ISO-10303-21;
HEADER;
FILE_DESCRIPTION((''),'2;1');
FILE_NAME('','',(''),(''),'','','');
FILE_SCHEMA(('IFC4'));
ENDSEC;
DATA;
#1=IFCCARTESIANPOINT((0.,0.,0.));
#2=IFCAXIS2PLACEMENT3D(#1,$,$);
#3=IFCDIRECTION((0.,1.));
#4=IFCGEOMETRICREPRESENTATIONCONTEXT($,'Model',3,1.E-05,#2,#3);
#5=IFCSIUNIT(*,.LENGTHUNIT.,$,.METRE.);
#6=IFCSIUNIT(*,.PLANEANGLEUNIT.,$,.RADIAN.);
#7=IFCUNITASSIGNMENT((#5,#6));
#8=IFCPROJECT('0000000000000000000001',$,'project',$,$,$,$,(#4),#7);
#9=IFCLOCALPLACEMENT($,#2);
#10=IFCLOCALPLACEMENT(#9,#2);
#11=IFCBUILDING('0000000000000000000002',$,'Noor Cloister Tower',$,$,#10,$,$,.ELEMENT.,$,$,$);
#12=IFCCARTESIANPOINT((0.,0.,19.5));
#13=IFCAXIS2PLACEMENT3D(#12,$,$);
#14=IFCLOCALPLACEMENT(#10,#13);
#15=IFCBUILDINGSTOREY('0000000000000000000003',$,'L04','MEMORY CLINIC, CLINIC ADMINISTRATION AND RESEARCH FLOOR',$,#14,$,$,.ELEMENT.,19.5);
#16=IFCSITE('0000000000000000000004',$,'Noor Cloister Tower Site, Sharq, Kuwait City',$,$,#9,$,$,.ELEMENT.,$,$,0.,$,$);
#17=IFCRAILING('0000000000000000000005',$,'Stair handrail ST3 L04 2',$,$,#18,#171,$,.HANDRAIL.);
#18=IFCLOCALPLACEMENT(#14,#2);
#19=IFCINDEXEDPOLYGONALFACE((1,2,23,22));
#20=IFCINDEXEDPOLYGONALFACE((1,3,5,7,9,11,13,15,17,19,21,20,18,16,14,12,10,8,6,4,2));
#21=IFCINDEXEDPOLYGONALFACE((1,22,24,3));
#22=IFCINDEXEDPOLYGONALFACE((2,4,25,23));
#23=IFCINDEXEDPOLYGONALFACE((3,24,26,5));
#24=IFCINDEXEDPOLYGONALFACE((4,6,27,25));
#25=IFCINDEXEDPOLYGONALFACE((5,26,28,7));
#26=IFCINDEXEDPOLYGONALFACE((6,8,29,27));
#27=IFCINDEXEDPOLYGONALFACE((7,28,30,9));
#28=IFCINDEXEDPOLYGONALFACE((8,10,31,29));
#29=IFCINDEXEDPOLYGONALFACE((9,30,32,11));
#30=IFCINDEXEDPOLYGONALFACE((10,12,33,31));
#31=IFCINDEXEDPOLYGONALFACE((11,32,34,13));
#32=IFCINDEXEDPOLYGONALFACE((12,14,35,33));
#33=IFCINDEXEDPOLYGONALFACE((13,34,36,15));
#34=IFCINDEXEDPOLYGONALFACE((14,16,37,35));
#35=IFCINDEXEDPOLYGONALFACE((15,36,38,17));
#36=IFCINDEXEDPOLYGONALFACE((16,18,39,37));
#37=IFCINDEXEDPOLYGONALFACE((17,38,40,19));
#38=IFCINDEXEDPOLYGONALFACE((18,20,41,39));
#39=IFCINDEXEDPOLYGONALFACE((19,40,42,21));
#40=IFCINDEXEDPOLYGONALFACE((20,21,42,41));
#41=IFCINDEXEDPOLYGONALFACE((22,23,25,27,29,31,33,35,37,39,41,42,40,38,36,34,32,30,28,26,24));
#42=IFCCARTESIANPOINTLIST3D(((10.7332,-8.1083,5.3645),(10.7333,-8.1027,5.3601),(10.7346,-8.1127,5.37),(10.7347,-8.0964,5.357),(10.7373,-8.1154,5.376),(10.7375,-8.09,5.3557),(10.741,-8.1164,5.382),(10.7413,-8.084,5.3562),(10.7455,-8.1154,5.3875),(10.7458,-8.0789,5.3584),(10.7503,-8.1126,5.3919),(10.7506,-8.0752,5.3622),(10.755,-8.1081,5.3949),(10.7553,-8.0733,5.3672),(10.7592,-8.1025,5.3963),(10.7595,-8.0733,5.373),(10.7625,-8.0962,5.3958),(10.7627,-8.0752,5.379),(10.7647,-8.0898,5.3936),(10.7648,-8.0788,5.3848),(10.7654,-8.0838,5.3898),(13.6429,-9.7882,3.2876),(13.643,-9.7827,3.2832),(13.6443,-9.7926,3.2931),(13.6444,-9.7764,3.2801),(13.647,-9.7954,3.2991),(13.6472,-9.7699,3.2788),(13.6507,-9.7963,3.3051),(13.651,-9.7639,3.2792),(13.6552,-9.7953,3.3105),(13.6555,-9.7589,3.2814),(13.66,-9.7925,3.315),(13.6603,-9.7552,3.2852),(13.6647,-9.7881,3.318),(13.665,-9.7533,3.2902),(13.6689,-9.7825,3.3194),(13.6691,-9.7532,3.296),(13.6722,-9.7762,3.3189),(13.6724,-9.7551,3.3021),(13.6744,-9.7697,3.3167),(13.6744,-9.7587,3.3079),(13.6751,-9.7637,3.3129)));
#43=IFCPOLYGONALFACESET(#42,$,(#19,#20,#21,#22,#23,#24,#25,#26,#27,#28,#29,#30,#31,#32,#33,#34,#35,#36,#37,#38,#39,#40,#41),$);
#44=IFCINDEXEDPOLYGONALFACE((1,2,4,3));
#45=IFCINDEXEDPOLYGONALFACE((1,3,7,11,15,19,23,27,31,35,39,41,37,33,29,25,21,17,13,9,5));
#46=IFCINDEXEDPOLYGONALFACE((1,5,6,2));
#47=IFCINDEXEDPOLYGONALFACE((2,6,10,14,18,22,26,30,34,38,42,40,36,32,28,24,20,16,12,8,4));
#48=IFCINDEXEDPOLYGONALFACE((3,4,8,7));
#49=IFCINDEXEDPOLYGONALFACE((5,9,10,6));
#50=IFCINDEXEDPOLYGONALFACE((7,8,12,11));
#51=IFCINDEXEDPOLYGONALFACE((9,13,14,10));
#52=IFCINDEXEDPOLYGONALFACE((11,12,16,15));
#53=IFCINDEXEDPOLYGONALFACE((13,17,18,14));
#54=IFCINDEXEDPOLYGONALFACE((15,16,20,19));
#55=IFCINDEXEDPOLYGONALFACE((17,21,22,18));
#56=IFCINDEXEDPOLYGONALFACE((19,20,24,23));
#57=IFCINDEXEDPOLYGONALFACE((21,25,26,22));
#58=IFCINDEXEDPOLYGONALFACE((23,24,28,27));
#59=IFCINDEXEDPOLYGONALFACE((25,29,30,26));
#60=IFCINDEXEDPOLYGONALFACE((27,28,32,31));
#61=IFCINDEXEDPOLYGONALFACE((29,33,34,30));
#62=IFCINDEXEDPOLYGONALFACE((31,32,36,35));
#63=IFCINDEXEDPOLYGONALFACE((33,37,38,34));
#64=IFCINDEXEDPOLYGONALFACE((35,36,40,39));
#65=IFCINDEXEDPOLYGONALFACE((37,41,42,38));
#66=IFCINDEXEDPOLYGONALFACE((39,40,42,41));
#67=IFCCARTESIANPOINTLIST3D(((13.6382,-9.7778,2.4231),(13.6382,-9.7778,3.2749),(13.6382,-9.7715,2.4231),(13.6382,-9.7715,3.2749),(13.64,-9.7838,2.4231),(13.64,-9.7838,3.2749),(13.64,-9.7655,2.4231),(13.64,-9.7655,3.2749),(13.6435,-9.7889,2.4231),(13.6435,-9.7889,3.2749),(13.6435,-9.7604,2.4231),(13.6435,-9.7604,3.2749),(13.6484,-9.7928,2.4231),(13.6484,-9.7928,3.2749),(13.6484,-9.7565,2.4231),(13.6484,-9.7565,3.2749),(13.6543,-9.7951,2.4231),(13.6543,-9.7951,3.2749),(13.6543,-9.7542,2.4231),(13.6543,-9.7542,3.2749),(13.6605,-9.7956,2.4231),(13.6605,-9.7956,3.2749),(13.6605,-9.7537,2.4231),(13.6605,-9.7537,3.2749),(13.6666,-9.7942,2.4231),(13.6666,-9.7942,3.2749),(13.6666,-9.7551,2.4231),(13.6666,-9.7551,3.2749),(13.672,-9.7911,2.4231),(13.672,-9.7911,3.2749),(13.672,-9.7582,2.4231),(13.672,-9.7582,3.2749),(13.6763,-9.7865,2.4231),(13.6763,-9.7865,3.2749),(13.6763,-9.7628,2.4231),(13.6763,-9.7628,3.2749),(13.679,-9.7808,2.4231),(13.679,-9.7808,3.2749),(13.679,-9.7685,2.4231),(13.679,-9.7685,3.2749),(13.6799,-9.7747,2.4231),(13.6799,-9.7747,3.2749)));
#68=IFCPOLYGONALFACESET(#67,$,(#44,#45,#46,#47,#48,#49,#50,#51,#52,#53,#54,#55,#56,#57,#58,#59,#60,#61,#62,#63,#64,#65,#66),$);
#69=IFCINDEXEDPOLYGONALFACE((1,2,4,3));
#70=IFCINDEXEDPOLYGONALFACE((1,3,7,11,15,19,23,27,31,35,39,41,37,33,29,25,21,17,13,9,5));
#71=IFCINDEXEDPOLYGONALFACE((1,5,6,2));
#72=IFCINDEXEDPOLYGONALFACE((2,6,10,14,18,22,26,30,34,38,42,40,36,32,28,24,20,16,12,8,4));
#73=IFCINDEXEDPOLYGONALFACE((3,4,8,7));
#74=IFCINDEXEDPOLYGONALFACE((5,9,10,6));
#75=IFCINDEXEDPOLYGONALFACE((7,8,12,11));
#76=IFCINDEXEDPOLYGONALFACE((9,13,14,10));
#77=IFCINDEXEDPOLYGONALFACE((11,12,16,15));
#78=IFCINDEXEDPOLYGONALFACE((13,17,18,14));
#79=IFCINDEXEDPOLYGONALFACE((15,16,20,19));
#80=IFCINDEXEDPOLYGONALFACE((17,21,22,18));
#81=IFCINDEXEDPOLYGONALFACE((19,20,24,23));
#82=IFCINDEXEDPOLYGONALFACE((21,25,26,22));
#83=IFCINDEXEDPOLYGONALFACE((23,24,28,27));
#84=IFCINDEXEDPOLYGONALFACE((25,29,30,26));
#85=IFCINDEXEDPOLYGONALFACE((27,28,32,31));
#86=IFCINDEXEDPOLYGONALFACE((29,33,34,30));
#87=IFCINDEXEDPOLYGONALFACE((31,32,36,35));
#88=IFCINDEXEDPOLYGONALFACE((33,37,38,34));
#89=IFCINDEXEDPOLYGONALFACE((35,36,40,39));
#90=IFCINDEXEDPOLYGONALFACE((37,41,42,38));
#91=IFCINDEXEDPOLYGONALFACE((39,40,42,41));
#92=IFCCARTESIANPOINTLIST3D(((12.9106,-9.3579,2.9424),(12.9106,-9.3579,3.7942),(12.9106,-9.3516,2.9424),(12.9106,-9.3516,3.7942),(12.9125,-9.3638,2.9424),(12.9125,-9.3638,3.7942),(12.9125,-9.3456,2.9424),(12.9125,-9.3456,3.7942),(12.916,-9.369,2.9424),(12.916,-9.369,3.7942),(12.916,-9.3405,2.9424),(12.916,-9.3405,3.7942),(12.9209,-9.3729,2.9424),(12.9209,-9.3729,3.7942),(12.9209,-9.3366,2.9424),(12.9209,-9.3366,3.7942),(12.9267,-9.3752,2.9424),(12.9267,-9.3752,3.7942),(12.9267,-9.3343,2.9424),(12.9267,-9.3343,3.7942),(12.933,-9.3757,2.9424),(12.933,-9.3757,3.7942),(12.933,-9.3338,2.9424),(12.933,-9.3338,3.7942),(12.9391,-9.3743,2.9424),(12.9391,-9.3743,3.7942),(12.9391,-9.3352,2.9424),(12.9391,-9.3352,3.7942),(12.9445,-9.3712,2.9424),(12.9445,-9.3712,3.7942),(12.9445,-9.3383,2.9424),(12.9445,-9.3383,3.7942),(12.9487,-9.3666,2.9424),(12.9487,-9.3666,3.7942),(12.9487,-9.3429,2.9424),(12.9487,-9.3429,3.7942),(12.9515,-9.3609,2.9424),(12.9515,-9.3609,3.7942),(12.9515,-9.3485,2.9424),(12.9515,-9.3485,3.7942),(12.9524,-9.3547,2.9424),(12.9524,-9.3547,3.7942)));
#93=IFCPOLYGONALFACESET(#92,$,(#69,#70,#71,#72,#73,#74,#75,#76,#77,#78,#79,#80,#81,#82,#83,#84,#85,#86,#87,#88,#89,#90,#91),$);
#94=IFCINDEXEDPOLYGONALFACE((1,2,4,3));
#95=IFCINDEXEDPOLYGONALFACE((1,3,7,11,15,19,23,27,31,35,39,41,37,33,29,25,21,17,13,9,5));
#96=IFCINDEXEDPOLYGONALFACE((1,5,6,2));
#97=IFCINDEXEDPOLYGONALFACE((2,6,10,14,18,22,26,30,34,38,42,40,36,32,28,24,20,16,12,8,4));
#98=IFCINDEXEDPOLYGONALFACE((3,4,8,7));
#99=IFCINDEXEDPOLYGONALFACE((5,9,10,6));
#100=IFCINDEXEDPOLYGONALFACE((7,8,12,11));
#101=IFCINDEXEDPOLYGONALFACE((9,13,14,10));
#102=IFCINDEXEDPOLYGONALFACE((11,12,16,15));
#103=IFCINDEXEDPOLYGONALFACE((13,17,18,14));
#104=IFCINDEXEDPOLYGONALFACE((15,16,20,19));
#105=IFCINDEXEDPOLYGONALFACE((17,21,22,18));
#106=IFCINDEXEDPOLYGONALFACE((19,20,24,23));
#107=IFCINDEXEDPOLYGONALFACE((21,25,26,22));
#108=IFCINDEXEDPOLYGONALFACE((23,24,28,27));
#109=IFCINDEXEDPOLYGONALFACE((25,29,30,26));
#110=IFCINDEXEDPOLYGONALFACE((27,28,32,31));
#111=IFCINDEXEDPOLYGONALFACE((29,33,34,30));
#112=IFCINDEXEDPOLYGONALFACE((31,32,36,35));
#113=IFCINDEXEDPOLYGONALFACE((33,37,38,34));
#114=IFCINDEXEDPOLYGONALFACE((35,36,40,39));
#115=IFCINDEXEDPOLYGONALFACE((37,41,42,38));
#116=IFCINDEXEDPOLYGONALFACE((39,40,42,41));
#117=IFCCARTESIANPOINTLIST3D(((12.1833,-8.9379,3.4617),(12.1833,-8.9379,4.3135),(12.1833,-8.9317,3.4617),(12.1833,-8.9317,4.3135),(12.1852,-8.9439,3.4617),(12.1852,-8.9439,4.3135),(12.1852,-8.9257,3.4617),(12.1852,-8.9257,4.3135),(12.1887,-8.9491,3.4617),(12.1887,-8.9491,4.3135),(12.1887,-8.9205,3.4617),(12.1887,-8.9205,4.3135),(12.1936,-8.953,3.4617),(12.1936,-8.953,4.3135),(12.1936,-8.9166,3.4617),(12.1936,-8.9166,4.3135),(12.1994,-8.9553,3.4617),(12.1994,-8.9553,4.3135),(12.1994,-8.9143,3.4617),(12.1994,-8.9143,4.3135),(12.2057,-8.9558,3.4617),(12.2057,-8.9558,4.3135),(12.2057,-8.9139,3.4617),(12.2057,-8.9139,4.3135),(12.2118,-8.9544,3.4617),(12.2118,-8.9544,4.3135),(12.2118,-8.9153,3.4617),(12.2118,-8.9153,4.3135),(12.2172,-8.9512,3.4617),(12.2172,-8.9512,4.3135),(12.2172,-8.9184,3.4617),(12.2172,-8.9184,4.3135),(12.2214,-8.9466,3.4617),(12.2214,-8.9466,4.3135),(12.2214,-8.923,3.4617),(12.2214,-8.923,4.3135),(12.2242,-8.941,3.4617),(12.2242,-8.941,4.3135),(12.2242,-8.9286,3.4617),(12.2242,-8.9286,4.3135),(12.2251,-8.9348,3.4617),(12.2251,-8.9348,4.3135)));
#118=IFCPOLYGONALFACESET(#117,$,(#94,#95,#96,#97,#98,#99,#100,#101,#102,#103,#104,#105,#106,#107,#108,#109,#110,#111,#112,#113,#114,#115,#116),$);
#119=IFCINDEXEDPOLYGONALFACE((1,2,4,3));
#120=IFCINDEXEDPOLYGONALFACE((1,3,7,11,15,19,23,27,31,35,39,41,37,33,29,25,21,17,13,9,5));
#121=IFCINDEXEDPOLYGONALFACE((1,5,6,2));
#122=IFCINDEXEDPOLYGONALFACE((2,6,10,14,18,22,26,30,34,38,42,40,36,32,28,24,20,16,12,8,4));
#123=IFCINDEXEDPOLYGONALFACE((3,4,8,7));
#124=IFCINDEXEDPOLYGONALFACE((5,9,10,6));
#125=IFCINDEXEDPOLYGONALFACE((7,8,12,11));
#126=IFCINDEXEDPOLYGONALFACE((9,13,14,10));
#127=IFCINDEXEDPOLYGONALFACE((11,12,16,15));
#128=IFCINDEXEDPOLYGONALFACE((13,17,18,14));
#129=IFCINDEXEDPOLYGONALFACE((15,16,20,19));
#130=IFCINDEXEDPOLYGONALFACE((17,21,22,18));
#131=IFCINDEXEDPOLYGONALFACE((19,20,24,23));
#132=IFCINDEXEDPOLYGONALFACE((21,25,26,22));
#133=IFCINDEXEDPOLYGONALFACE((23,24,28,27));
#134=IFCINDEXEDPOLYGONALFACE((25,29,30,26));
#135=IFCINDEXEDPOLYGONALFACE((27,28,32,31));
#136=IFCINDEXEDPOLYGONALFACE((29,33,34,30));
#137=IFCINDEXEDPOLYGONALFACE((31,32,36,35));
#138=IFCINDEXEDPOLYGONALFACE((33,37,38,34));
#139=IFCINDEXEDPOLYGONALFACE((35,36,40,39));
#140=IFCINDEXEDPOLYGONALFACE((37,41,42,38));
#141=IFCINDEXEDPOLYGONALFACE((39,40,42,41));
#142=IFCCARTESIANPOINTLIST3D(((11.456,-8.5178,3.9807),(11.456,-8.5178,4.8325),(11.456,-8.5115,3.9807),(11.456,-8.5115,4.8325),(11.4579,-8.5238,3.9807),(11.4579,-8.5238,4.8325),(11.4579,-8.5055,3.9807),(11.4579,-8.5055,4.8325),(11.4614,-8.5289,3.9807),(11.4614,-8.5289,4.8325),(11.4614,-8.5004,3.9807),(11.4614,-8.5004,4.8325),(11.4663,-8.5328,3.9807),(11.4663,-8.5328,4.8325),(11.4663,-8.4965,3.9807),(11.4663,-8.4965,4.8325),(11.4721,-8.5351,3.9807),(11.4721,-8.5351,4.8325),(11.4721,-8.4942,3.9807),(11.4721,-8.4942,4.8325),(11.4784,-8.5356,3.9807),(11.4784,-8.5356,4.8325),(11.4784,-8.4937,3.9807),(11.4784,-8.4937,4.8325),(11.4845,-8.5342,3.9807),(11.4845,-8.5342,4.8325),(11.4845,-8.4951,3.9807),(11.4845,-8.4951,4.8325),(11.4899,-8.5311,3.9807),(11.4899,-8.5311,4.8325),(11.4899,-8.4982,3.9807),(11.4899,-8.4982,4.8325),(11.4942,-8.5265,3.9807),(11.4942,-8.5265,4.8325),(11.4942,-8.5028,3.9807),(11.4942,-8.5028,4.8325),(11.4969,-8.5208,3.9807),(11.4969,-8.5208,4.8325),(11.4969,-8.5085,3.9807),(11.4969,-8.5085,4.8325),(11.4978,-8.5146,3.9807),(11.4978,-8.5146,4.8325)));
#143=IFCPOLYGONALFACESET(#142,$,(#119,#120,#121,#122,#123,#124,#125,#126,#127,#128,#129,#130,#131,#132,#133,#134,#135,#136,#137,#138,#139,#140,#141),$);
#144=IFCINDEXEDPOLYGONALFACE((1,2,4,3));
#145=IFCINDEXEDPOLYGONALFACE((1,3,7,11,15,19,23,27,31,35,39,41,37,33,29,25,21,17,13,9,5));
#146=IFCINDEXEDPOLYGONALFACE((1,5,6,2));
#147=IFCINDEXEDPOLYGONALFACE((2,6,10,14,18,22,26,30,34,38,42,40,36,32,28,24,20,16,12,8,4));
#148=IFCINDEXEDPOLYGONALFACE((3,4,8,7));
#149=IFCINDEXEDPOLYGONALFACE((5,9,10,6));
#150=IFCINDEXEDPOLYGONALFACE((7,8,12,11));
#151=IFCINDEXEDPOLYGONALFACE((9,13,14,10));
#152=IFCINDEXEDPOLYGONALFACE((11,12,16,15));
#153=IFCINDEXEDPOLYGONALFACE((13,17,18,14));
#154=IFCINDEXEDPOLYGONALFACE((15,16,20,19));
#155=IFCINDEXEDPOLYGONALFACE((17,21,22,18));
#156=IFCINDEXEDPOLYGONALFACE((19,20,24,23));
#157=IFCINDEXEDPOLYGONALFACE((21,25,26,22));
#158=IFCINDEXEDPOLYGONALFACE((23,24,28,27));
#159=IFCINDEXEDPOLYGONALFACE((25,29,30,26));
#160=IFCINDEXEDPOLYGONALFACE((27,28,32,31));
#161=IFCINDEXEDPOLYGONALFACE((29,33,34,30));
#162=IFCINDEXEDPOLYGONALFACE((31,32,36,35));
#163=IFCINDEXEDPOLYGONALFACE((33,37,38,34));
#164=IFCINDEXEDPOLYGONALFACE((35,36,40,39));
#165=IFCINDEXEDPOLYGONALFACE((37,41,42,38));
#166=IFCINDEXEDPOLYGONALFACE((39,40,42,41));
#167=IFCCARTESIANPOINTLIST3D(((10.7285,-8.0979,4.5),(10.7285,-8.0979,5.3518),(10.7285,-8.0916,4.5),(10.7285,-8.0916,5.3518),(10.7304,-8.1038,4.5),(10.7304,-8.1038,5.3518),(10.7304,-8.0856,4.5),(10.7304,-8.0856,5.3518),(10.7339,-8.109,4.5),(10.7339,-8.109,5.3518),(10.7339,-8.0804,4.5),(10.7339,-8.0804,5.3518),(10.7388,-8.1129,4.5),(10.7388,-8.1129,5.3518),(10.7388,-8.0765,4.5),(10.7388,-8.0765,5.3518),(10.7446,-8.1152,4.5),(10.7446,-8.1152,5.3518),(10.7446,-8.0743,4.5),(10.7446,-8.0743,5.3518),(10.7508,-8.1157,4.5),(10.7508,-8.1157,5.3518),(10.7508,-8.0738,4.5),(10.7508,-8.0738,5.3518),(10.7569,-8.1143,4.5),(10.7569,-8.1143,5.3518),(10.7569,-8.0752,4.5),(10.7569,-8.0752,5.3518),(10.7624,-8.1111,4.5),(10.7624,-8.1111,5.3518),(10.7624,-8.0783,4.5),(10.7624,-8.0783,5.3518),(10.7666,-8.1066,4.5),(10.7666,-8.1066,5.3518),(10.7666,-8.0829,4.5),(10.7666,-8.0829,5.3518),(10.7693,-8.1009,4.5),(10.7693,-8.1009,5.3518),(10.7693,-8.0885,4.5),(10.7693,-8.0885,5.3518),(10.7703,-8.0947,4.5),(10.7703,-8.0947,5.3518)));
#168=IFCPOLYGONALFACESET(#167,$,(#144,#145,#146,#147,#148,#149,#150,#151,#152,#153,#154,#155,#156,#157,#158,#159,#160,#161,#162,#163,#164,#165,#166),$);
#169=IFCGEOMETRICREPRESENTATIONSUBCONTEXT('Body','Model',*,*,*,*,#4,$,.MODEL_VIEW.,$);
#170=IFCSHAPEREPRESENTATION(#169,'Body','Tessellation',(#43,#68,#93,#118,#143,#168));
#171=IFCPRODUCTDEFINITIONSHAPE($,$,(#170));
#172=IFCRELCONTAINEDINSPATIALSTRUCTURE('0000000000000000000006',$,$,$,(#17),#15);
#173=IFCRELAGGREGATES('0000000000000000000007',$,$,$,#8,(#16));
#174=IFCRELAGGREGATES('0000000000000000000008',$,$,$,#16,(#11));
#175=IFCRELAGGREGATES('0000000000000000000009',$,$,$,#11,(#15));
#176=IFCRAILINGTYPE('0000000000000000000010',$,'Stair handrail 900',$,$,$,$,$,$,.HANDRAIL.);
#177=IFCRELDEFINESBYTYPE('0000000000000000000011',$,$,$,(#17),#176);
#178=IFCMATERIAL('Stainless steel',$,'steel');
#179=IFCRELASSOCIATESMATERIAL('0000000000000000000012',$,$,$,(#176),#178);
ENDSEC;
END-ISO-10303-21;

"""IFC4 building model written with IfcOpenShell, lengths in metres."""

from ifc_helpers import new_model, si_unit, direction, frame, origin, origin_2d, place, context, subcontext, project, spatial, circle, extrude, material, type_object, element, save


model = new_model("IFC4")

# Units and contexts
model_context = context("Model", 3, precision=1e-05, world=origin(), true_north=direction((0.0, 1.0)))
body_context = subcontext(model_context, "Body", "Model", "MODEL_VIEW")
ifc_project = project(units=[si_unit("LENGTHUNIT", "METRE"), si_unit("PLANEANGLEUNIT", "RADIAN")], contexts=[model_context])

# Site, building, storey
site_placement = place(None, origin())
site = spatial("IfcSite", under=ifc_project, at=site_placement, Name="Noor Cloister Tower Site, Sharq, Kuwait City", CompositionType="ELEMENT", RefElevation=0.0)
building_placement = place(site_placement, origin())
building = spatial("IfcBuilding", under=site, at=building_placement, Name="Noor Cloister Tower", CompositionType="ELEMENT")
storey_placement = place(building_placement, frame((0.0, 0.0, 19.5)))
storey = spatial("IfcBuildingStorey", under=building, at=storey_placement, Name="L04", Description="MEMORY CLINIC, CLINIC ADMINISTRATION AND RESEARCH FLOOR", CompositionType="ELEMENT", Elevation=19.5)

# Railing
ifc_material_1 = material(Name="Stainless steel", Category="steel")
railing_type = type_object("IfcRailingType", Name="Stair handrail 900", PredefinedType="HANDRAIL", material=ifc_material_1)
railing_placement = place(storey_placement, frame((13.6589, -9.7747, 2.4231)))
element("IfcRailing", 1, at=railing_placement, inside=storey, type_object=railing_type, Name="Stair handrail ST3 L04 2", PredefinedType="HANDRAIL", context=body_context, shape_type="SweptSolid", body=[
    extrude(circle(Radius=0.0239, at=origin_2d()), frame((0.0, 0.0, 0.876), z_axis=(-0.73664, 0.425308, 0.525809), x_axis=(-0.500008, -0.866021, 0.0)), (0.0, 0.0, 1.0), 3.95),
    extrude(circle(Radius=0.021, at=origin_2d()), origin(), (0.0, 0.0, 1.0), 0.8518),
    extrude(circle(Radius=0.021, at=origin_2d()), frame((-0.7275, 0.4199, 0.5193)), (0.0, 0.0, 1.0), 0.8518),
    extrude(circle(Radius=0.021, at=origin_2d()), frame((-1.4548, 0.8398, 1.0386)), (0.0, 0.0, 1.0), 0.8518),
    extrude(circle(Radius=0.021, at=origin_2d()), frame((-2.1821, 1.26, 1.5576)), (0.0, 0.0, 1.0), 0.8518),
    extrude(circle(Radius=0.021, at=origin_2d()), frame((-2.9097, 1.6799, 2.0769)), (0.0, 0.0, 1.0), 0.8518),
])

save(model, "model.ifc")
